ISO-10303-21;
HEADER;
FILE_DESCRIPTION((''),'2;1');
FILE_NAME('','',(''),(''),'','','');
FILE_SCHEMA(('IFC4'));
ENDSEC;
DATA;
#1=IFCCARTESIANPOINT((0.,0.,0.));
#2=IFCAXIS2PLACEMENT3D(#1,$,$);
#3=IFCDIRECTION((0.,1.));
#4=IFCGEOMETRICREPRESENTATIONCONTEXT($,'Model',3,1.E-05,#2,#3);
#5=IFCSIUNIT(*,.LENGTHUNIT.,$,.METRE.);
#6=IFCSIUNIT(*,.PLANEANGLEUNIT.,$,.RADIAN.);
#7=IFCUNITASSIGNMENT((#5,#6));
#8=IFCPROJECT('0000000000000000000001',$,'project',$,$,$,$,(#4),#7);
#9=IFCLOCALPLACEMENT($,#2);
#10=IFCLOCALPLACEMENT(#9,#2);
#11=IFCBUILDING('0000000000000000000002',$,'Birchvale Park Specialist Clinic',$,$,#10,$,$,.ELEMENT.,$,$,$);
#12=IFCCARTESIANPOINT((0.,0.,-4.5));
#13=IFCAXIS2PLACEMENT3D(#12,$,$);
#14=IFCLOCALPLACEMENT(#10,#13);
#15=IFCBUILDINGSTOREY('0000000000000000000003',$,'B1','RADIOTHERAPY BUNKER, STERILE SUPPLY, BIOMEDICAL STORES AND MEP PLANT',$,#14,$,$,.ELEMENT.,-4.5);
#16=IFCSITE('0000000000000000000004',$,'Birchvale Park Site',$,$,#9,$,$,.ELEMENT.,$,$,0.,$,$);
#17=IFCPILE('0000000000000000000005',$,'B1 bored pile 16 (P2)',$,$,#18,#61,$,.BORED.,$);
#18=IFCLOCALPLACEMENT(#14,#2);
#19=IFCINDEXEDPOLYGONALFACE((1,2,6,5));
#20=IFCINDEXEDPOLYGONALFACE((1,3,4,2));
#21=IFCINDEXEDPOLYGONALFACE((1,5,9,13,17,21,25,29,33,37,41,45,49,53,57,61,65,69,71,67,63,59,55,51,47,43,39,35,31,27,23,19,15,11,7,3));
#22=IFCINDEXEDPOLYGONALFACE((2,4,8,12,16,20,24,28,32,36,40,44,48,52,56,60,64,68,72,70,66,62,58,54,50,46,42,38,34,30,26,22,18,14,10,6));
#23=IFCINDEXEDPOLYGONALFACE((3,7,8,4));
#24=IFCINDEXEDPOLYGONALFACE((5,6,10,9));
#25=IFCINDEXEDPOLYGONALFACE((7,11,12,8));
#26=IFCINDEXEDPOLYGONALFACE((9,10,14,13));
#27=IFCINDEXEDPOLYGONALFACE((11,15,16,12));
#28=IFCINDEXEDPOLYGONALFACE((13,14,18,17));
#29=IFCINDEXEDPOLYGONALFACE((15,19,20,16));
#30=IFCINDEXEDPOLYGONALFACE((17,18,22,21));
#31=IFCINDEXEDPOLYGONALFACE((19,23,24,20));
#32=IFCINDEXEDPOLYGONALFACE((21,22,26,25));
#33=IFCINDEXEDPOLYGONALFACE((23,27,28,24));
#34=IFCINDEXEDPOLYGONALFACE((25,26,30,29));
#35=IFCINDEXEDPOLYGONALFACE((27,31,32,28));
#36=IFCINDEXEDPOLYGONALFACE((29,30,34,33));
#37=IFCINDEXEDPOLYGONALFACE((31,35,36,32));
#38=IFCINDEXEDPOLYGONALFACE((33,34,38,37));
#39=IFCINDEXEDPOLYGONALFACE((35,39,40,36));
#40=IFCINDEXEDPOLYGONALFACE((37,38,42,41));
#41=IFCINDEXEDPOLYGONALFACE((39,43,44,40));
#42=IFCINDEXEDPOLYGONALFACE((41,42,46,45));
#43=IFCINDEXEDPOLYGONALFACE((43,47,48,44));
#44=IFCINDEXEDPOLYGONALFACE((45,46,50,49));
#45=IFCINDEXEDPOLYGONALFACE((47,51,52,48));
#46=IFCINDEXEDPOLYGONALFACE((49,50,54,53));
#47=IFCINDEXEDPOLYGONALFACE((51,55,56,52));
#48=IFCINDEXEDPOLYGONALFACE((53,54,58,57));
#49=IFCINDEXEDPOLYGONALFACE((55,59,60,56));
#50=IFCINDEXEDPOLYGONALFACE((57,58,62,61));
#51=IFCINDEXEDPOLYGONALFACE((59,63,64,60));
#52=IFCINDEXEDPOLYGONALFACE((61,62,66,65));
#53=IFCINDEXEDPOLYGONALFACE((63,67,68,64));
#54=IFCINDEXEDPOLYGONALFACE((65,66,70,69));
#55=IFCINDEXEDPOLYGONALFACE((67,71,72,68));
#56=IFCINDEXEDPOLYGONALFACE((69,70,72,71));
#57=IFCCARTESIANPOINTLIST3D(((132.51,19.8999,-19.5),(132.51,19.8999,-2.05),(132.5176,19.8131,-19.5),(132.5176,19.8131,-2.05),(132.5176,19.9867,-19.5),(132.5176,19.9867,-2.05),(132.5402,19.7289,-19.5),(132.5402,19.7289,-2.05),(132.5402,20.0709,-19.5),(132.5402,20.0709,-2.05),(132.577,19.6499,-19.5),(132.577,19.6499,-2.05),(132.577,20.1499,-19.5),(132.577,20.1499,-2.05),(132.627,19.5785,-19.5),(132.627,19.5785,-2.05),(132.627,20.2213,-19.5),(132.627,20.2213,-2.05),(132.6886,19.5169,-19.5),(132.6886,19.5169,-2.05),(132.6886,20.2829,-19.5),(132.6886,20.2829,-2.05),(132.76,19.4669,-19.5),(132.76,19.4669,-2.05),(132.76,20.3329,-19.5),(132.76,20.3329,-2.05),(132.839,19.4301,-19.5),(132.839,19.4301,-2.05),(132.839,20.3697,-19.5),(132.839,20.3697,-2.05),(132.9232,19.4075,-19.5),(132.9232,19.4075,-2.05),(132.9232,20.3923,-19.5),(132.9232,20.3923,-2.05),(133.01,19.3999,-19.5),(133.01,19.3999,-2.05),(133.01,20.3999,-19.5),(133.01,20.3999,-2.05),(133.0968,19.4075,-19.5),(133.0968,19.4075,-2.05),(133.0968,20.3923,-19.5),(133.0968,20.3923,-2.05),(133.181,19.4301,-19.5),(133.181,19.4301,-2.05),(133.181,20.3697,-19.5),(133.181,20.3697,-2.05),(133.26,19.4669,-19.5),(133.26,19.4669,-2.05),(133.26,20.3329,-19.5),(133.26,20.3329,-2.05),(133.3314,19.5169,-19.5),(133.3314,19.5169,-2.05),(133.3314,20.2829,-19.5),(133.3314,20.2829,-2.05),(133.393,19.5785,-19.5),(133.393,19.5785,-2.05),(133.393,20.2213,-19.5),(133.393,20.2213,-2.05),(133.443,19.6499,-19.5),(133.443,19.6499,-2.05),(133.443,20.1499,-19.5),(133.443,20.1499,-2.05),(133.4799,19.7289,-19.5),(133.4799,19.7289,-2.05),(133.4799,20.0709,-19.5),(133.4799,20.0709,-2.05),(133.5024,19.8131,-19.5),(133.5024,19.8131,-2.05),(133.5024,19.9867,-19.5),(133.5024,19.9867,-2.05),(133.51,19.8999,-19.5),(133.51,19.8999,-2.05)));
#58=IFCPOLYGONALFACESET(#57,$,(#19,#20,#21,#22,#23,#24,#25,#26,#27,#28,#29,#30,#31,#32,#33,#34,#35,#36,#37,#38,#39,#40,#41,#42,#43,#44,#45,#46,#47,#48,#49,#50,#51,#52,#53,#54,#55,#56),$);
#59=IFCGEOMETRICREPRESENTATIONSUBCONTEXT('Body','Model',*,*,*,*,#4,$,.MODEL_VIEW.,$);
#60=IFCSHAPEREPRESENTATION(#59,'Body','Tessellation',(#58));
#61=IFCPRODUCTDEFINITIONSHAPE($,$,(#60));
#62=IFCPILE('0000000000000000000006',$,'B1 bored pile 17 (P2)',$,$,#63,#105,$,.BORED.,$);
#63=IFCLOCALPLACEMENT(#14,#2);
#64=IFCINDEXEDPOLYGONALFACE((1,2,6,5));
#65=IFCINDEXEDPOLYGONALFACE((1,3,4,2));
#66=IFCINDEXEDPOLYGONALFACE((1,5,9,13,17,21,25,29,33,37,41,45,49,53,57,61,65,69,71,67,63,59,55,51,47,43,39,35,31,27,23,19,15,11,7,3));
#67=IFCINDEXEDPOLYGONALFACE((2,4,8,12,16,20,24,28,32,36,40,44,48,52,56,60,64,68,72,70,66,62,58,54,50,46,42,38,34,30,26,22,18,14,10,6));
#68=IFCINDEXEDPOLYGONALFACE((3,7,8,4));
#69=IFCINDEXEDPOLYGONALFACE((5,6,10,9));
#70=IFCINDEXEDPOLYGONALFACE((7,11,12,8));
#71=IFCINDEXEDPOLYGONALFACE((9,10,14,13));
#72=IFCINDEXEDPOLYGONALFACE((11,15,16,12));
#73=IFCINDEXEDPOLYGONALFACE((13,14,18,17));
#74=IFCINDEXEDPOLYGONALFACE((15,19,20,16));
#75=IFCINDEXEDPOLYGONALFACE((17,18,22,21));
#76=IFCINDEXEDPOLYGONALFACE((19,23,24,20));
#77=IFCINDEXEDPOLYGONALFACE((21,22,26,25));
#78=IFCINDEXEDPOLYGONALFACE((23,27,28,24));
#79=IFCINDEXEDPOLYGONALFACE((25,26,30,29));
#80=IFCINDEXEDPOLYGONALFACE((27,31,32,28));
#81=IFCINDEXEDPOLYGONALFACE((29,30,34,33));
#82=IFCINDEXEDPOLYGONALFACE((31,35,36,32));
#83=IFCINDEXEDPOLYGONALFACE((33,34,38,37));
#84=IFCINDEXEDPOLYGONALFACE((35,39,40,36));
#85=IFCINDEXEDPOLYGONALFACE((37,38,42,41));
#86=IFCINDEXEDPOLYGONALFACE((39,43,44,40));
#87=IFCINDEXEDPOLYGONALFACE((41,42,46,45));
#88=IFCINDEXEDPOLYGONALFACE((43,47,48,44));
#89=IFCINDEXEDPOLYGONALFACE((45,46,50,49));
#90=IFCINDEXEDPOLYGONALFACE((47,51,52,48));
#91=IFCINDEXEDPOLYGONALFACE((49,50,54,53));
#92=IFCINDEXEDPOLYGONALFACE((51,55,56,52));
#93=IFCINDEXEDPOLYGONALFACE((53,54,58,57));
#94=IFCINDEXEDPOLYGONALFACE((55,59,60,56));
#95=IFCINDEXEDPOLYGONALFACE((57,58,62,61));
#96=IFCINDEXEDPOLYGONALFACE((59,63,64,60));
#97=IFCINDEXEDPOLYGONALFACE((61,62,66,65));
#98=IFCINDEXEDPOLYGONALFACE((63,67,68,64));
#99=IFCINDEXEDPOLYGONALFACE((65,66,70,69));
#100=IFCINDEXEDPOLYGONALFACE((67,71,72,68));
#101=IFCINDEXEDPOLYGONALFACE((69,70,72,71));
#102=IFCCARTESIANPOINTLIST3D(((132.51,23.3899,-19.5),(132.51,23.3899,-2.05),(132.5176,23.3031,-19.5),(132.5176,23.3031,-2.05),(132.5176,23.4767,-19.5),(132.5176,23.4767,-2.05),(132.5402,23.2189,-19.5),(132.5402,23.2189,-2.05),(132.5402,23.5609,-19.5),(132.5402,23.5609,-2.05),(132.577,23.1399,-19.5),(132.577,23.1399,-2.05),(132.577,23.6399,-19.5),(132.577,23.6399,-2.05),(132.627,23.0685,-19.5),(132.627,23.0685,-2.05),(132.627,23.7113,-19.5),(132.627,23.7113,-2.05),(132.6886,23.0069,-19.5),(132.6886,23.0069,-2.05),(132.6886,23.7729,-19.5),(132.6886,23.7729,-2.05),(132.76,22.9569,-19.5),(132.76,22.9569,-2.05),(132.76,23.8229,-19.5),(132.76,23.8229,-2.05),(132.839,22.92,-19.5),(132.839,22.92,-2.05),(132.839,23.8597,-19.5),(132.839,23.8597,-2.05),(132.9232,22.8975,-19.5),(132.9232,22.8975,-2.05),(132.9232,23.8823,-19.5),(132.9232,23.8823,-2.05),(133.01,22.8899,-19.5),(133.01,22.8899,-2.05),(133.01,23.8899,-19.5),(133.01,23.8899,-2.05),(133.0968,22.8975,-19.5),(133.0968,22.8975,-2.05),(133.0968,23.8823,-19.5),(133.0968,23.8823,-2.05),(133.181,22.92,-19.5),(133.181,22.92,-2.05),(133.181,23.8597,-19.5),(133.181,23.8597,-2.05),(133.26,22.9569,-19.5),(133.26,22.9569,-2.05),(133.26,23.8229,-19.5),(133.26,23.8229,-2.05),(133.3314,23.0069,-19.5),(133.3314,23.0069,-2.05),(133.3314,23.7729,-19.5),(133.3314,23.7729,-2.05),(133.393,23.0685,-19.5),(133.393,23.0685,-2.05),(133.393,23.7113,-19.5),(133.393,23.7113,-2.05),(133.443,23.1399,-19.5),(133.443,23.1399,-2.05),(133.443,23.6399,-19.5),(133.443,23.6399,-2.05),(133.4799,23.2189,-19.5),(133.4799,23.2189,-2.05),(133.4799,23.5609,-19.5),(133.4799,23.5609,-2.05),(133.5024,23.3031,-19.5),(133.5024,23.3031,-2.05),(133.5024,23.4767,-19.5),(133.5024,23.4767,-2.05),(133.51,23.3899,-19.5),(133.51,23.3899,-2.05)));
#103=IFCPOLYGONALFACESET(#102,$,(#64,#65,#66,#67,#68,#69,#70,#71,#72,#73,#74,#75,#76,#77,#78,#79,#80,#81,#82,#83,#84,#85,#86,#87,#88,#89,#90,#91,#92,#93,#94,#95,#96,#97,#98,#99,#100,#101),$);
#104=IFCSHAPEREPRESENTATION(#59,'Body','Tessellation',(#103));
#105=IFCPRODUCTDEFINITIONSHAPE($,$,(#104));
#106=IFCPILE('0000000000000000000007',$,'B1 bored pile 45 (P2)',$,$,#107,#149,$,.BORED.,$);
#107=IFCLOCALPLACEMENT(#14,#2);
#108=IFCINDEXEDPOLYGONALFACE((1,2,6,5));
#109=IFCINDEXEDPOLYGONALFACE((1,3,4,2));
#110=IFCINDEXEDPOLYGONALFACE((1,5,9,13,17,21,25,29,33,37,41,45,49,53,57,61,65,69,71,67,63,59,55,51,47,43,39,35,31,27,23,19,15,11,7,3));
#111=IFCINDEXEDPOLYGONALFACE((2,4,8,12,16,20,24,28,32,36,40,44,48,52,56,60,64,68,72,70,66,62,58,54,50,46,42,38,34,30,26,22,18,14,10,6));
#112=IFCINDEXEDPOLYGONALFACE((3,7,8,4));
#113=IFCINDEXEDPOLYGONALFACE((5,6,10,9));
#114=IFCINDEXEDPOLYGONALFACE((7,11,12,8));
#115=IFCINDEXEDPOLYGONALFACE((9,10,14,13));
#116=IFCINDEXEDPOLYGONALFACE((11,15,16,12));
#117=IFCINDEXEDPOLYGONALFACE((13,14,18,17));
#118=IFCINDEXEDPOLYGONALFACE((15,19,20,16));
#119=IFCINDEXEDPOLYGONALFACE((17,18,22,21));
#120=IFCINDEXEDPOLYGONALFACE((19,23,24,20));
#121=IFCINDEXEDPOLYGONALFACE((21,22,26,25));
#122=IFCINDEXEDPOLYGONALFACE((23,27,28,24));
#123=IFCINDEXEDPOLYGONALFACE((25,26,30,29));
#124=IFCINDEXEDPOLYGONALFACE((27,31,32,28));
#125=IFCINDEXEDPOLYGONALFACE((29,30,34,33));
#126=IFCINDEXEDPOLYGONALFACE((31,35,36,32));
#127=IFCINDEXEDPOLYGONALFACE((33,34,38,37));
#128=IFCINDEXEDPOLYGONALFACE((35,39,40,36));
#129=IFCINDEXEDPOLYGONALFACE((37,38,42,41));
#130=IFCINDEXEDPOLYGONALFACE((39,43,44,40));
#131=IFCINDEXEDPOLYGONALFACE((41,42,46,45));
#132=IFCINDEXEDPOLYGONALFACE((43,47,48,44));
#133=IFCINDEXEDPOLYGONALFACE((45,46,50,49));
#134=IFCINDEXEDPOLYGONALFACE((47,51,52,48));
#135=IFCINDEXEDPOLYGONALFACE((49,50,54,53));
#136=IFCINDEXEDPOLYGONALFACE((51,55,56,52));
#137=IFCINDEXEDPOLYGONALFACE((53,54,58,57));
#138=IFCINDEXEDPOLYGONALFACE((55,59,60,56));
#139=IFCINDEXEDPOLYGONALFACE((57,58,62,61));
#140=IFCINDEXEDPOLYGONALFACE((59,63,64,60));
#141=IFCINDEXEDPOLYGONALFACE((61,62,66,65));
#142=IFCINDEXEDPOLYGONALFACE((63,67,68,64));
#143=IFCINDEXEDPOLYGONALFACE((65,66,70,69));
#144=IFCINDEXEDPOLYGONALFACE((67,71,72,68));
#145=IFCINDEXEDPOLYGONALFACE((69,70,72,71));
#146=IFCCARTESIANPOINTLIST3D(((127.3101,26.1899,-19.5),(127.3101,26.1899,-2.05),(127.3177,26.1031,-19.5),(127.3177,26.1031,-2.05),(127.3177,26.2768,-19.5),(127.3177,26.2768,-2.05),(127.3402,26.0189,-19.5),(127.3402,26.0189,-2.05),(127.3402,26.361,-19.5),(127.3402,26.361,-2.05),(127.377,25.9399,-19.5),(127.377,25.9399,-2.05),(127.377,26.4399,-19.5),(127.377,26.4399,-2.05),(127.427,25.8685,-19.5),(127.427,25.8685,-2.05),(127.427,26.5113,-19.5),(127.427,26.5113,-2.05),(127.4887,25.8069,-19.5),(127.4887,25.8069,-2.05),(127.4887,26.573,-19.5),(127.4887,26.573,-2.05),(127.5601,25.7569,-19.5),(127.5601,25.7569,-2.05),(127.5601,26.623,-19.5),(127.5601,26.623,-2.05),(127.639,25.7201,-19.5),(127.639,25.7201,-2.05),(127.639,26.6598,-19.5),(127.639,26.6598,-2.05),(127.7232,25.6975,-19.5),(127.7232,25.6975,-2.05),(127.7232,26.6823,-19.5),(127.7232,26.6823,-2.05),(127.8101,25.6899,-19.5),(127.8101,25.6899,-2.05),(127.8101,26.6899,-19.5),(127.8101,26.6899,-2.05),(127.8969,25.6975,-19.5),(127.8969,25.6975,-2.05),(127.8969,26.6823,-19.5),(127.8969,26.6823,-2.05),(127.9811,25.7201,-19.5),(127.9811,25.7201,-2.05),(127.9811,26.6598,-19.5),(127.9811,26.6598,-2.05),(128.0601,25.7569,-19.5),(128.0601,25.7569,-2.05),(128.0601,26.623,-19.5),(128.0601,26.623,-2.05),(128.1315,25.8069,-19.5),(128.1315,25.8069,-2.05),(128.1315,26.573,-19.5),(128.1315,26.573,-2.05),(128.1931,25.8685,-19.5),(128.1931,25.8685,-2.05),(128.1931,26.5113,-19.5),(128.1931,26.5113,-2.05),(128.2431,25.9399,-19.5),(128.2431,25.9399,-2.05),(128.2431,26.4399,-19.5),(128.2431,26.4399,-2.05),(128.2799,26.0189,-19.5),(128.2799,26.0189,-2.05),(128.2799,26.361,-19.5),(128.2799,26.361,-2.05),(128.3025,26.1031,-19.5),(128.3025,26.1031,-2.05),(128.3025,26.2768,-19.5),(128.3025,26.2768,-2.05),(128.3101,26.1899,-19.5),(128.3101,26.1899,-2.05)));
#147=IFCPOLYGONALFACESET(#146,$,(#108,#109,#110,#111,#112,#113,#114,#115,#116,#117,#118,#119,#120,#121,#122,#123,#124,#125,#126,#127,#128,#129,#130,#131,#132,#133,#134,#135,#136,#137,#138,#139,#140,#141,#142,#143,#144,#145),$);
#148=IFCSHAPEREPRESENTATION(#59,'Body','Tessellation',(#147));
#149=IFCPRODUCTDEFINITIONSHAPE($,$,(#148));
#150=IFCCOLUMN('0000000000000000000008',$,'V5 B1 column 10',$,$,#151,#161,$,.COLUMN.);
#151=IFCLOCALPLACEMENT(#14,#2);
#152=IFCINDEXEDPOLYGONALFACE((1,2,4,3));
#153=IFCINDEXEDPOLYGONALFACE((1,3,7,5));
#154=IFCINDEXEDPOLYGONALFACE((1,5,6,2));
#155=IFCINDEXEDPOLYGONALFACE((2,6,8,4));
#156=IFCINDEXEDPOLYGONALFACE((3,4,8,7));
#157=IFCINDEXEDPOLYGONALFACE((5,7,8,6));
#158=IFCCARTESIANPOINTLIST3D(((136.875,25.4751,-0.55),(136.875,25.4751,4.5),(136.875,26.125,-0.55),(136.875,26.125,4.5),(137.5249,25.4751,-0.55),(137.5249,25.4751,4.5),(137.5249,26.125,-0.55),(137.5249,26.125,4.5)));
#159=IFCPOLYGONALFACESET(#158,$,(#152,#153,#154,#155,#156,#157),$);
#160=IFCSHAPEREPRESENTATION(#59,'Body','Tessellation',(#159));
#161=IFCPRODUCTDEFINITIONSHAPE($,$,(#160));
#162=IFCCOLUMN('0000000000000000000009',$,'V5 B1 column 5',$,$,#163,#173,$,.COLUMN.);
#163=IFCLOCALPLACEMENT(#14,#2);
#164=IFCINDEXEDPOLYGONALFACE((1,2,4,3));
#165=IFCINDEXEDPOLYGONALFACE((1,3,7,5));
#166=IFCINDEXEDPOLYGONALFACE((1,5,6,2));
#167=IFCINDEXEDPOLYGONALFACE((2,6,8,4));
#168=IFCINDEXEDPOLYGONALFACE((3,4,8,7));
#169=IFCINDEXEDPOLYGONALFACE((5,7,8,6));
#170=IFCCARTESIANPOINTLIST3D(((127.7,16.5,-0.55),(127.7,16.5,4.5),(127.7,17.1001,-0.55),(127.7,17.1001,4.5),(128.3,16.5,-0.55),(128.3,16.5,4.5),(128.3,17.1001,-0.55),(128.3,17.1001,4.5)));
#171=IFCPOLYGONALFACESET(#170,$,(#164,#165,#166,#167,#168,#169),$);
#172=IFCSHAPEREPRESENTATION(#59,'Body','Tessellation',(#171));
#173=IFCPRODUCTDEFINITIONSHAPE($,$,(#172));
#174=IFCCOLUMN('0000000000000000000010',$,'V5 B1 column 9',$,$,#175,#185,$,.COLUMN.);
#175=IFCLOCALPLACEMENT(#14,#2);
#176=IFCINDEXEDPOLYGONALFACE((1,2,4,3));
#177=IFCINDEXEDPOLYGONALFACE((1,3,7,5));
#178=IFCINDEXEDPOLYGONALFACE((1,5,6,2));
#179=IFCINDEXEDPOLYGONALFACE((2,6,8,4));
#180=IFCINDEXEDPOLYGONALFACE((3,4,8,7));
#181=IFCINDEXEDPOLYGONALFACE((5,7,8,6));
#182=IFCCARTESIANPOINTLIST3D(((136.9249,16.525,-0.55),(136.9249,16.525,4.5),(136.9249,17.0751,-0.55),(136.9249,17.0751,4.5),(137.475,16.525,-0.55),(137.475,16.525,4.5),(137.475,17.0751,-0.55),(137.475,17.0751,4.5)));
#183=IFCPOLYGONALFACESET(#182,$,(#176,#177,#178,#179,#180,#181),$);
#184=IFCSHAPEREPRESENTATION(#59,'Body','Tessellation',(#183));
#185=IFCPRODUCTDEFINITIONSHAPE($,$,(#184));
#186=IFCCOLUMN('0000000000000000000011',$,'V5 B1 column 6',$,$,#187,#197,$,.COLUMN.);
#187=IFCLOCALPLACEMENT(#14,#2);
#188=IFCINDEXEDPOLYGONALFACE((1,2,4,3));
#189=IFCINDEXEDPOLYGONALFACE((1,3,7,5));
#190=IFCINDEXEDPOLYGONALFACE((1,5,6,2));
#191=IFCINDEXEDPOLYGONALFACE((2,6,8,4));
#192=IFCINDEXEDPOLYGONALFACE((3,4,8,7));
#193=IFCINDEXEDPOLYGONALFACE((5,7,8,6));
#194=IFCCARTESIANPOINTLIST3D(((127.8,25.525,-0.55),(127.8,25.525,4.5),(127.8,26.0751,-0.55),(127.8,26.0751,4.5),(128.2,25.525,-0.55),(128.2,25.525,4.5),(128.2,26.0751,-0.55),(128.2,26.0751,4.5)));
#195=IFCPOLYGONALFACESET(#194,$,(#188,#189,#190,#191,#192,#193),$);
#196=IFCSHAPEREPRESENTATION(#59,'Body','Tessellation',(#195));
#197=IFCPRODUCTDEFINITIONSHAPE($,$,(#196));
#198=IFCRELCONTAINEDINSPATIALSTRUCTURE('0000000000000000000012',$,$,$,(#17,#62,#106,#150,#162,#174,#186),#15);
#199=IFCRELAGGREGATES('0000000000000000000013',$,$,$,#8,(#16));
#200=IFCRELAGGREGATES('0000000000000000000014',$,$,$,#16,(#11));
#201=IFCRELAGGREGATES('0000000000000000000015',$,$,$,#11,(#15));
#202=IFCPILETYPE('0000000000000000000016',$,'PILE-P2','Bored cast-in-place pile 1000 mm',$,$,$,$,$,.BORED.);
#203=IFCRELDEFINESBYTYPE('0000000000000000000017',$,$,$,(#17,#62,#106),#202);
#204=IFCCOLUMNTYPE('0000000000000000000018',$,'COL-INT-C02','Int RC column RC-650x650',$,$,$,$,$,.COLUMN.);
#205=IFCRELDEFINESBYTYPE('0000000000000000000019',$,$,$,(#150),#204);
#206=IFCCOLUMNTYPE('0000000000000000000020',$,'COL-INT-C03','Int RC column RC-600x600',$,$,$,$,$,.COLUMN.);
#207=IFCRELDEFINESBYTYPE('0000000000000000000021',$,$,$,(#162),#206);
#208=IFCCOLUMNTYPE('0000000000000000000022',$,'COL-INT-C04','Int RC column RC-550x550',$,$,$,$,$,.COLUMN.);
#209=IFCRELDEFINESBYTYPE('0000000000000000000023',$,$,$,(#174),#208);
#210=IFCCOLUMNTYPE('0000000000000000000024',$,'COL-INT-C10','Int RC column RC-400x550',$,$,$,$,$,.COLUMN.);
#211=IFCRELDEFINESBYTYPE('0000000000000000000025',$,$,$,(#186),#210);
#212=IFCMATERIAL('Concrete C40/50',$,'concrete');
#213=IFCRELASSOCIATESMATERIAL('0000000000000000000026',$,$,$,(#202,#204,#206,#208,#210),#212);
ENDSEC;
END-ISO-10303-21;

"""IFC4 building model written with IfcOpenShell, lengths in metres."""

from ifc_helpers import new_model, si_unit, direction, frame, origin, origin_2d, place, context, subcontext, project, spatial, rectangle, circle, extrude, material, material_profile, profile_set, type_object, element, save


model = new_model("IFC4")

# Units and contexts
model_context = context("Model", 3, precision=1e-05, world=origin(), true_north=direction((0.0, 1.0)))
body_context = subcontext(model_context, "Body", "Model", "MODEL_VIEW")
ifc_project = project(units=[si_unit("LENGTHUNIT", "METRE"), si_unit("PLANEANGLEUNIT", "RADIAN")], contexts=[model_context])

# Site, building, storey
site_placement = place(None, origin())
site = spatial("IfcSite", under=ifc_project, at=site_placement, Name="Birchvale Park Site", CompositionType="ELEMENT", RefElevation=0.0)
building_placement = place(site_placement, origin())
building = spatial("IfcBuilding", under=site, at=building_placement, Name="Birchvale Park Specialist Clinic", CompositionType="ELEMENT")
storey_placement = place(building_placement, frame((0.0, 0.0, -4.5)))
storey = spatial("IfcBuildingStorey", under=building, at=storey_placement, Name="B1", Description="RADIOTHERAPY BUNKER, STERILE SUPPLY, BIOMEDICAL STORES AND MEP PLANT", CompositionType="ELEMENT", Elevation=-4.5)

# Shared definitions
ifc_material_1 = material(Name="Concrete C40/50", Category="concrete")

# Piles
ifc_material_profile_1 = material_profile(ifc_material_1, circle(Radius=0.5, at=origin_2d()), Name="PILE-1000")
ifc_profile_set_1 = profile_set([ifc_material_profile_1], Name="Concrete C40/50")
pile_type_1 = type_object("IfcPileType", Name="PILE-P2", Description="Bored cast-in-place pile 1000 mm", PredefinedType="BORED", material=ifc_profile_set_1)
for number, where, z_axis, x_axis, name in (
    (1, (133.01, 19.8999, -2.05), (0.0, 0.0, -1.0), (1.0, 0.0, 0.0), "B1 bored pile 16 (P2)"),
    (2, (133.01, 23.3899, -2.05), (0.0, 0.0, -1.0), (1.0, 0.0, 0.0), "B1 bored pile 17 (P2)"),
    (3, (127.8101, 26.1899, -2.05), (0.0, 0.0, -1.0), (1.0, 0.0, 0.0), "B1 bored pile 45 (P2)"),
):
    element("IfcPile", number, at=place(storey_placement, frame(where, z_axis=z_axis, x_axis=x_axis)), inside=storey, type_object=pile_type_1, Name=name, PredefinedType="BORED", context=body_context, shape_type="SweptSolid", body=[
        extrude(circle(Radius=0.5, at=origin_2d()), origin(), (0.0, 0.0, 1.0), 17.45),
    ])

# Columns
ifc_material_profile_2 = material_profile(ifc_material_1, rectangle(XDim=0.6499, YDim=0.6499, at=origin_2d()), Name="RC-650x650")
ifc_profile_set_2 = profile_set([ifc_material_profile_2], Name="Concrete C40/50")
column_type_1 = type_object("IfcColumnType", Name="COL-INT-C02", Description="Int RC column RC-650x650", PredefinedType="COLUMN", material=ifc_profile_set_2)
column_1_placement = place(storey_placement, frame((137.2, 25.8, -0.55), z_axis=(0.0, 0.0, 1.0), x_axis=(1.0, 0.0, 0.0)))
element("IfcColumn", 4, at=column_1_placement, inside=storey, type_object=column_type_1, Name="V5 B1 column 10", PredefinedType="COLUMN", context=body_context, shape_type="SweptSolid", body=[
    extrude(rectangle(XDim=0.6499, YDim=0.6499, at=origin_2d()), origin(), (0.0, 0.0, 1.0), 5.05),
])
ifc_material_profile_3 = material_profile(ifc_material_1, rectangle(XDim=0.6001, YDim=0.6001, at=origin_2d()), Name="RC-600x600")
ifc_profile_set_3 = profile_set([ifc_material_profile_3], Name="Concrete C40/50")
column_type_2 = type_object("IfcColumnType", Name="COL-INT-C03", Description="Int RC column RC-600x600", PredefinedType="COLUMN", material=ifc_profile_set_3)
column_2_placement = place(storey_placement, frame((128.0, 16.8, -0.55), z_axis=(0.0, 0.0, 1.0), x_axis=(1.0, 0.0, 0.0)))
element("IfcColumn", 5, at=column_2_placement, inside=storey, type_object=column_type_2, Name="V5 B1 column 5", PredefinedType="COLUMN", context=body_context, shape_type="SweptSolid", body=[
    extrude(rectangle(XDim=0.6001, YDim=0.6001, at=origin_2d()), origin(), (0.0, 0.0, 1.0), 5.05),
])
ifc_material_profile_4 = material_profile(ifc_material_1, rectangle(XDim=0.55, YDim=0.55, at=origin_2d()), Name="RC-550x550")
ifc_profile_set_4 = profile_set([ifc_material_profile_4], Name="Concrete C40/50")
column_type_3 = type_object("IfcColumnType", Name="COL-INT-C04", Description="Int RC column RC-550x550", PredefinedType="COLUMN", material=ifc_profile_set_4)
column_3_placement = place(storey_placement, frame((137.2, 16.8, -0.55), z_axis=(0.0, 0.0, 1.0), x_axis=(1.0, 0.0, 0.0)))
element("IfcColumn", 6, at=column_3_placement, inside=storey, type_object=column_type_3, Name="V5 B1 column 9", PredefinedType="COLUMN", context=body_context, shape_type="SweptSolid", body=[
    extrude(rectangle(XDim=0.55, YDim=0.55, at=origin_2d()), origin(), (0.0, 0.0, 1.0), 5.05),
])
ifc_material_profile_5 = material_profile(ifc_material_1, rectangle(XDim=0.3999, YDim=0.55, at=origin_2d()), Name="RC-400x550")
ifc_profile_set_5 = profile_set([ifc_material_profile_5], Name="Concrete C40/50")
column_type_4 = type_object("IfcColumnType", Name="COL-INT-C10", Description="Int RC column RC-400x550", PredefinedType="COLUMN", material=ifc_profile_set_5)
column_4_placement = place(storey_placement, frame((128.0, 25.8, -0.55), z_axis=(0.0, 0.0, 1.0), x_axis=(1.0, 0.0, 0.0)))
element("IfcColumn", 7, at=column_4_placement, inside=storey, type_object=column_type_4, Name="V5 B1 column 6", PredefinedType="COLUMN", context=body_context, shape_type="SweptSolid", body=[
    extrude(rectangle(XDim=0.3999, YDim=0.55, at=origin_2d()), origin(), (0.0, 0.0, 1.0), 5.05),
])

save(model, "model.ifc")
